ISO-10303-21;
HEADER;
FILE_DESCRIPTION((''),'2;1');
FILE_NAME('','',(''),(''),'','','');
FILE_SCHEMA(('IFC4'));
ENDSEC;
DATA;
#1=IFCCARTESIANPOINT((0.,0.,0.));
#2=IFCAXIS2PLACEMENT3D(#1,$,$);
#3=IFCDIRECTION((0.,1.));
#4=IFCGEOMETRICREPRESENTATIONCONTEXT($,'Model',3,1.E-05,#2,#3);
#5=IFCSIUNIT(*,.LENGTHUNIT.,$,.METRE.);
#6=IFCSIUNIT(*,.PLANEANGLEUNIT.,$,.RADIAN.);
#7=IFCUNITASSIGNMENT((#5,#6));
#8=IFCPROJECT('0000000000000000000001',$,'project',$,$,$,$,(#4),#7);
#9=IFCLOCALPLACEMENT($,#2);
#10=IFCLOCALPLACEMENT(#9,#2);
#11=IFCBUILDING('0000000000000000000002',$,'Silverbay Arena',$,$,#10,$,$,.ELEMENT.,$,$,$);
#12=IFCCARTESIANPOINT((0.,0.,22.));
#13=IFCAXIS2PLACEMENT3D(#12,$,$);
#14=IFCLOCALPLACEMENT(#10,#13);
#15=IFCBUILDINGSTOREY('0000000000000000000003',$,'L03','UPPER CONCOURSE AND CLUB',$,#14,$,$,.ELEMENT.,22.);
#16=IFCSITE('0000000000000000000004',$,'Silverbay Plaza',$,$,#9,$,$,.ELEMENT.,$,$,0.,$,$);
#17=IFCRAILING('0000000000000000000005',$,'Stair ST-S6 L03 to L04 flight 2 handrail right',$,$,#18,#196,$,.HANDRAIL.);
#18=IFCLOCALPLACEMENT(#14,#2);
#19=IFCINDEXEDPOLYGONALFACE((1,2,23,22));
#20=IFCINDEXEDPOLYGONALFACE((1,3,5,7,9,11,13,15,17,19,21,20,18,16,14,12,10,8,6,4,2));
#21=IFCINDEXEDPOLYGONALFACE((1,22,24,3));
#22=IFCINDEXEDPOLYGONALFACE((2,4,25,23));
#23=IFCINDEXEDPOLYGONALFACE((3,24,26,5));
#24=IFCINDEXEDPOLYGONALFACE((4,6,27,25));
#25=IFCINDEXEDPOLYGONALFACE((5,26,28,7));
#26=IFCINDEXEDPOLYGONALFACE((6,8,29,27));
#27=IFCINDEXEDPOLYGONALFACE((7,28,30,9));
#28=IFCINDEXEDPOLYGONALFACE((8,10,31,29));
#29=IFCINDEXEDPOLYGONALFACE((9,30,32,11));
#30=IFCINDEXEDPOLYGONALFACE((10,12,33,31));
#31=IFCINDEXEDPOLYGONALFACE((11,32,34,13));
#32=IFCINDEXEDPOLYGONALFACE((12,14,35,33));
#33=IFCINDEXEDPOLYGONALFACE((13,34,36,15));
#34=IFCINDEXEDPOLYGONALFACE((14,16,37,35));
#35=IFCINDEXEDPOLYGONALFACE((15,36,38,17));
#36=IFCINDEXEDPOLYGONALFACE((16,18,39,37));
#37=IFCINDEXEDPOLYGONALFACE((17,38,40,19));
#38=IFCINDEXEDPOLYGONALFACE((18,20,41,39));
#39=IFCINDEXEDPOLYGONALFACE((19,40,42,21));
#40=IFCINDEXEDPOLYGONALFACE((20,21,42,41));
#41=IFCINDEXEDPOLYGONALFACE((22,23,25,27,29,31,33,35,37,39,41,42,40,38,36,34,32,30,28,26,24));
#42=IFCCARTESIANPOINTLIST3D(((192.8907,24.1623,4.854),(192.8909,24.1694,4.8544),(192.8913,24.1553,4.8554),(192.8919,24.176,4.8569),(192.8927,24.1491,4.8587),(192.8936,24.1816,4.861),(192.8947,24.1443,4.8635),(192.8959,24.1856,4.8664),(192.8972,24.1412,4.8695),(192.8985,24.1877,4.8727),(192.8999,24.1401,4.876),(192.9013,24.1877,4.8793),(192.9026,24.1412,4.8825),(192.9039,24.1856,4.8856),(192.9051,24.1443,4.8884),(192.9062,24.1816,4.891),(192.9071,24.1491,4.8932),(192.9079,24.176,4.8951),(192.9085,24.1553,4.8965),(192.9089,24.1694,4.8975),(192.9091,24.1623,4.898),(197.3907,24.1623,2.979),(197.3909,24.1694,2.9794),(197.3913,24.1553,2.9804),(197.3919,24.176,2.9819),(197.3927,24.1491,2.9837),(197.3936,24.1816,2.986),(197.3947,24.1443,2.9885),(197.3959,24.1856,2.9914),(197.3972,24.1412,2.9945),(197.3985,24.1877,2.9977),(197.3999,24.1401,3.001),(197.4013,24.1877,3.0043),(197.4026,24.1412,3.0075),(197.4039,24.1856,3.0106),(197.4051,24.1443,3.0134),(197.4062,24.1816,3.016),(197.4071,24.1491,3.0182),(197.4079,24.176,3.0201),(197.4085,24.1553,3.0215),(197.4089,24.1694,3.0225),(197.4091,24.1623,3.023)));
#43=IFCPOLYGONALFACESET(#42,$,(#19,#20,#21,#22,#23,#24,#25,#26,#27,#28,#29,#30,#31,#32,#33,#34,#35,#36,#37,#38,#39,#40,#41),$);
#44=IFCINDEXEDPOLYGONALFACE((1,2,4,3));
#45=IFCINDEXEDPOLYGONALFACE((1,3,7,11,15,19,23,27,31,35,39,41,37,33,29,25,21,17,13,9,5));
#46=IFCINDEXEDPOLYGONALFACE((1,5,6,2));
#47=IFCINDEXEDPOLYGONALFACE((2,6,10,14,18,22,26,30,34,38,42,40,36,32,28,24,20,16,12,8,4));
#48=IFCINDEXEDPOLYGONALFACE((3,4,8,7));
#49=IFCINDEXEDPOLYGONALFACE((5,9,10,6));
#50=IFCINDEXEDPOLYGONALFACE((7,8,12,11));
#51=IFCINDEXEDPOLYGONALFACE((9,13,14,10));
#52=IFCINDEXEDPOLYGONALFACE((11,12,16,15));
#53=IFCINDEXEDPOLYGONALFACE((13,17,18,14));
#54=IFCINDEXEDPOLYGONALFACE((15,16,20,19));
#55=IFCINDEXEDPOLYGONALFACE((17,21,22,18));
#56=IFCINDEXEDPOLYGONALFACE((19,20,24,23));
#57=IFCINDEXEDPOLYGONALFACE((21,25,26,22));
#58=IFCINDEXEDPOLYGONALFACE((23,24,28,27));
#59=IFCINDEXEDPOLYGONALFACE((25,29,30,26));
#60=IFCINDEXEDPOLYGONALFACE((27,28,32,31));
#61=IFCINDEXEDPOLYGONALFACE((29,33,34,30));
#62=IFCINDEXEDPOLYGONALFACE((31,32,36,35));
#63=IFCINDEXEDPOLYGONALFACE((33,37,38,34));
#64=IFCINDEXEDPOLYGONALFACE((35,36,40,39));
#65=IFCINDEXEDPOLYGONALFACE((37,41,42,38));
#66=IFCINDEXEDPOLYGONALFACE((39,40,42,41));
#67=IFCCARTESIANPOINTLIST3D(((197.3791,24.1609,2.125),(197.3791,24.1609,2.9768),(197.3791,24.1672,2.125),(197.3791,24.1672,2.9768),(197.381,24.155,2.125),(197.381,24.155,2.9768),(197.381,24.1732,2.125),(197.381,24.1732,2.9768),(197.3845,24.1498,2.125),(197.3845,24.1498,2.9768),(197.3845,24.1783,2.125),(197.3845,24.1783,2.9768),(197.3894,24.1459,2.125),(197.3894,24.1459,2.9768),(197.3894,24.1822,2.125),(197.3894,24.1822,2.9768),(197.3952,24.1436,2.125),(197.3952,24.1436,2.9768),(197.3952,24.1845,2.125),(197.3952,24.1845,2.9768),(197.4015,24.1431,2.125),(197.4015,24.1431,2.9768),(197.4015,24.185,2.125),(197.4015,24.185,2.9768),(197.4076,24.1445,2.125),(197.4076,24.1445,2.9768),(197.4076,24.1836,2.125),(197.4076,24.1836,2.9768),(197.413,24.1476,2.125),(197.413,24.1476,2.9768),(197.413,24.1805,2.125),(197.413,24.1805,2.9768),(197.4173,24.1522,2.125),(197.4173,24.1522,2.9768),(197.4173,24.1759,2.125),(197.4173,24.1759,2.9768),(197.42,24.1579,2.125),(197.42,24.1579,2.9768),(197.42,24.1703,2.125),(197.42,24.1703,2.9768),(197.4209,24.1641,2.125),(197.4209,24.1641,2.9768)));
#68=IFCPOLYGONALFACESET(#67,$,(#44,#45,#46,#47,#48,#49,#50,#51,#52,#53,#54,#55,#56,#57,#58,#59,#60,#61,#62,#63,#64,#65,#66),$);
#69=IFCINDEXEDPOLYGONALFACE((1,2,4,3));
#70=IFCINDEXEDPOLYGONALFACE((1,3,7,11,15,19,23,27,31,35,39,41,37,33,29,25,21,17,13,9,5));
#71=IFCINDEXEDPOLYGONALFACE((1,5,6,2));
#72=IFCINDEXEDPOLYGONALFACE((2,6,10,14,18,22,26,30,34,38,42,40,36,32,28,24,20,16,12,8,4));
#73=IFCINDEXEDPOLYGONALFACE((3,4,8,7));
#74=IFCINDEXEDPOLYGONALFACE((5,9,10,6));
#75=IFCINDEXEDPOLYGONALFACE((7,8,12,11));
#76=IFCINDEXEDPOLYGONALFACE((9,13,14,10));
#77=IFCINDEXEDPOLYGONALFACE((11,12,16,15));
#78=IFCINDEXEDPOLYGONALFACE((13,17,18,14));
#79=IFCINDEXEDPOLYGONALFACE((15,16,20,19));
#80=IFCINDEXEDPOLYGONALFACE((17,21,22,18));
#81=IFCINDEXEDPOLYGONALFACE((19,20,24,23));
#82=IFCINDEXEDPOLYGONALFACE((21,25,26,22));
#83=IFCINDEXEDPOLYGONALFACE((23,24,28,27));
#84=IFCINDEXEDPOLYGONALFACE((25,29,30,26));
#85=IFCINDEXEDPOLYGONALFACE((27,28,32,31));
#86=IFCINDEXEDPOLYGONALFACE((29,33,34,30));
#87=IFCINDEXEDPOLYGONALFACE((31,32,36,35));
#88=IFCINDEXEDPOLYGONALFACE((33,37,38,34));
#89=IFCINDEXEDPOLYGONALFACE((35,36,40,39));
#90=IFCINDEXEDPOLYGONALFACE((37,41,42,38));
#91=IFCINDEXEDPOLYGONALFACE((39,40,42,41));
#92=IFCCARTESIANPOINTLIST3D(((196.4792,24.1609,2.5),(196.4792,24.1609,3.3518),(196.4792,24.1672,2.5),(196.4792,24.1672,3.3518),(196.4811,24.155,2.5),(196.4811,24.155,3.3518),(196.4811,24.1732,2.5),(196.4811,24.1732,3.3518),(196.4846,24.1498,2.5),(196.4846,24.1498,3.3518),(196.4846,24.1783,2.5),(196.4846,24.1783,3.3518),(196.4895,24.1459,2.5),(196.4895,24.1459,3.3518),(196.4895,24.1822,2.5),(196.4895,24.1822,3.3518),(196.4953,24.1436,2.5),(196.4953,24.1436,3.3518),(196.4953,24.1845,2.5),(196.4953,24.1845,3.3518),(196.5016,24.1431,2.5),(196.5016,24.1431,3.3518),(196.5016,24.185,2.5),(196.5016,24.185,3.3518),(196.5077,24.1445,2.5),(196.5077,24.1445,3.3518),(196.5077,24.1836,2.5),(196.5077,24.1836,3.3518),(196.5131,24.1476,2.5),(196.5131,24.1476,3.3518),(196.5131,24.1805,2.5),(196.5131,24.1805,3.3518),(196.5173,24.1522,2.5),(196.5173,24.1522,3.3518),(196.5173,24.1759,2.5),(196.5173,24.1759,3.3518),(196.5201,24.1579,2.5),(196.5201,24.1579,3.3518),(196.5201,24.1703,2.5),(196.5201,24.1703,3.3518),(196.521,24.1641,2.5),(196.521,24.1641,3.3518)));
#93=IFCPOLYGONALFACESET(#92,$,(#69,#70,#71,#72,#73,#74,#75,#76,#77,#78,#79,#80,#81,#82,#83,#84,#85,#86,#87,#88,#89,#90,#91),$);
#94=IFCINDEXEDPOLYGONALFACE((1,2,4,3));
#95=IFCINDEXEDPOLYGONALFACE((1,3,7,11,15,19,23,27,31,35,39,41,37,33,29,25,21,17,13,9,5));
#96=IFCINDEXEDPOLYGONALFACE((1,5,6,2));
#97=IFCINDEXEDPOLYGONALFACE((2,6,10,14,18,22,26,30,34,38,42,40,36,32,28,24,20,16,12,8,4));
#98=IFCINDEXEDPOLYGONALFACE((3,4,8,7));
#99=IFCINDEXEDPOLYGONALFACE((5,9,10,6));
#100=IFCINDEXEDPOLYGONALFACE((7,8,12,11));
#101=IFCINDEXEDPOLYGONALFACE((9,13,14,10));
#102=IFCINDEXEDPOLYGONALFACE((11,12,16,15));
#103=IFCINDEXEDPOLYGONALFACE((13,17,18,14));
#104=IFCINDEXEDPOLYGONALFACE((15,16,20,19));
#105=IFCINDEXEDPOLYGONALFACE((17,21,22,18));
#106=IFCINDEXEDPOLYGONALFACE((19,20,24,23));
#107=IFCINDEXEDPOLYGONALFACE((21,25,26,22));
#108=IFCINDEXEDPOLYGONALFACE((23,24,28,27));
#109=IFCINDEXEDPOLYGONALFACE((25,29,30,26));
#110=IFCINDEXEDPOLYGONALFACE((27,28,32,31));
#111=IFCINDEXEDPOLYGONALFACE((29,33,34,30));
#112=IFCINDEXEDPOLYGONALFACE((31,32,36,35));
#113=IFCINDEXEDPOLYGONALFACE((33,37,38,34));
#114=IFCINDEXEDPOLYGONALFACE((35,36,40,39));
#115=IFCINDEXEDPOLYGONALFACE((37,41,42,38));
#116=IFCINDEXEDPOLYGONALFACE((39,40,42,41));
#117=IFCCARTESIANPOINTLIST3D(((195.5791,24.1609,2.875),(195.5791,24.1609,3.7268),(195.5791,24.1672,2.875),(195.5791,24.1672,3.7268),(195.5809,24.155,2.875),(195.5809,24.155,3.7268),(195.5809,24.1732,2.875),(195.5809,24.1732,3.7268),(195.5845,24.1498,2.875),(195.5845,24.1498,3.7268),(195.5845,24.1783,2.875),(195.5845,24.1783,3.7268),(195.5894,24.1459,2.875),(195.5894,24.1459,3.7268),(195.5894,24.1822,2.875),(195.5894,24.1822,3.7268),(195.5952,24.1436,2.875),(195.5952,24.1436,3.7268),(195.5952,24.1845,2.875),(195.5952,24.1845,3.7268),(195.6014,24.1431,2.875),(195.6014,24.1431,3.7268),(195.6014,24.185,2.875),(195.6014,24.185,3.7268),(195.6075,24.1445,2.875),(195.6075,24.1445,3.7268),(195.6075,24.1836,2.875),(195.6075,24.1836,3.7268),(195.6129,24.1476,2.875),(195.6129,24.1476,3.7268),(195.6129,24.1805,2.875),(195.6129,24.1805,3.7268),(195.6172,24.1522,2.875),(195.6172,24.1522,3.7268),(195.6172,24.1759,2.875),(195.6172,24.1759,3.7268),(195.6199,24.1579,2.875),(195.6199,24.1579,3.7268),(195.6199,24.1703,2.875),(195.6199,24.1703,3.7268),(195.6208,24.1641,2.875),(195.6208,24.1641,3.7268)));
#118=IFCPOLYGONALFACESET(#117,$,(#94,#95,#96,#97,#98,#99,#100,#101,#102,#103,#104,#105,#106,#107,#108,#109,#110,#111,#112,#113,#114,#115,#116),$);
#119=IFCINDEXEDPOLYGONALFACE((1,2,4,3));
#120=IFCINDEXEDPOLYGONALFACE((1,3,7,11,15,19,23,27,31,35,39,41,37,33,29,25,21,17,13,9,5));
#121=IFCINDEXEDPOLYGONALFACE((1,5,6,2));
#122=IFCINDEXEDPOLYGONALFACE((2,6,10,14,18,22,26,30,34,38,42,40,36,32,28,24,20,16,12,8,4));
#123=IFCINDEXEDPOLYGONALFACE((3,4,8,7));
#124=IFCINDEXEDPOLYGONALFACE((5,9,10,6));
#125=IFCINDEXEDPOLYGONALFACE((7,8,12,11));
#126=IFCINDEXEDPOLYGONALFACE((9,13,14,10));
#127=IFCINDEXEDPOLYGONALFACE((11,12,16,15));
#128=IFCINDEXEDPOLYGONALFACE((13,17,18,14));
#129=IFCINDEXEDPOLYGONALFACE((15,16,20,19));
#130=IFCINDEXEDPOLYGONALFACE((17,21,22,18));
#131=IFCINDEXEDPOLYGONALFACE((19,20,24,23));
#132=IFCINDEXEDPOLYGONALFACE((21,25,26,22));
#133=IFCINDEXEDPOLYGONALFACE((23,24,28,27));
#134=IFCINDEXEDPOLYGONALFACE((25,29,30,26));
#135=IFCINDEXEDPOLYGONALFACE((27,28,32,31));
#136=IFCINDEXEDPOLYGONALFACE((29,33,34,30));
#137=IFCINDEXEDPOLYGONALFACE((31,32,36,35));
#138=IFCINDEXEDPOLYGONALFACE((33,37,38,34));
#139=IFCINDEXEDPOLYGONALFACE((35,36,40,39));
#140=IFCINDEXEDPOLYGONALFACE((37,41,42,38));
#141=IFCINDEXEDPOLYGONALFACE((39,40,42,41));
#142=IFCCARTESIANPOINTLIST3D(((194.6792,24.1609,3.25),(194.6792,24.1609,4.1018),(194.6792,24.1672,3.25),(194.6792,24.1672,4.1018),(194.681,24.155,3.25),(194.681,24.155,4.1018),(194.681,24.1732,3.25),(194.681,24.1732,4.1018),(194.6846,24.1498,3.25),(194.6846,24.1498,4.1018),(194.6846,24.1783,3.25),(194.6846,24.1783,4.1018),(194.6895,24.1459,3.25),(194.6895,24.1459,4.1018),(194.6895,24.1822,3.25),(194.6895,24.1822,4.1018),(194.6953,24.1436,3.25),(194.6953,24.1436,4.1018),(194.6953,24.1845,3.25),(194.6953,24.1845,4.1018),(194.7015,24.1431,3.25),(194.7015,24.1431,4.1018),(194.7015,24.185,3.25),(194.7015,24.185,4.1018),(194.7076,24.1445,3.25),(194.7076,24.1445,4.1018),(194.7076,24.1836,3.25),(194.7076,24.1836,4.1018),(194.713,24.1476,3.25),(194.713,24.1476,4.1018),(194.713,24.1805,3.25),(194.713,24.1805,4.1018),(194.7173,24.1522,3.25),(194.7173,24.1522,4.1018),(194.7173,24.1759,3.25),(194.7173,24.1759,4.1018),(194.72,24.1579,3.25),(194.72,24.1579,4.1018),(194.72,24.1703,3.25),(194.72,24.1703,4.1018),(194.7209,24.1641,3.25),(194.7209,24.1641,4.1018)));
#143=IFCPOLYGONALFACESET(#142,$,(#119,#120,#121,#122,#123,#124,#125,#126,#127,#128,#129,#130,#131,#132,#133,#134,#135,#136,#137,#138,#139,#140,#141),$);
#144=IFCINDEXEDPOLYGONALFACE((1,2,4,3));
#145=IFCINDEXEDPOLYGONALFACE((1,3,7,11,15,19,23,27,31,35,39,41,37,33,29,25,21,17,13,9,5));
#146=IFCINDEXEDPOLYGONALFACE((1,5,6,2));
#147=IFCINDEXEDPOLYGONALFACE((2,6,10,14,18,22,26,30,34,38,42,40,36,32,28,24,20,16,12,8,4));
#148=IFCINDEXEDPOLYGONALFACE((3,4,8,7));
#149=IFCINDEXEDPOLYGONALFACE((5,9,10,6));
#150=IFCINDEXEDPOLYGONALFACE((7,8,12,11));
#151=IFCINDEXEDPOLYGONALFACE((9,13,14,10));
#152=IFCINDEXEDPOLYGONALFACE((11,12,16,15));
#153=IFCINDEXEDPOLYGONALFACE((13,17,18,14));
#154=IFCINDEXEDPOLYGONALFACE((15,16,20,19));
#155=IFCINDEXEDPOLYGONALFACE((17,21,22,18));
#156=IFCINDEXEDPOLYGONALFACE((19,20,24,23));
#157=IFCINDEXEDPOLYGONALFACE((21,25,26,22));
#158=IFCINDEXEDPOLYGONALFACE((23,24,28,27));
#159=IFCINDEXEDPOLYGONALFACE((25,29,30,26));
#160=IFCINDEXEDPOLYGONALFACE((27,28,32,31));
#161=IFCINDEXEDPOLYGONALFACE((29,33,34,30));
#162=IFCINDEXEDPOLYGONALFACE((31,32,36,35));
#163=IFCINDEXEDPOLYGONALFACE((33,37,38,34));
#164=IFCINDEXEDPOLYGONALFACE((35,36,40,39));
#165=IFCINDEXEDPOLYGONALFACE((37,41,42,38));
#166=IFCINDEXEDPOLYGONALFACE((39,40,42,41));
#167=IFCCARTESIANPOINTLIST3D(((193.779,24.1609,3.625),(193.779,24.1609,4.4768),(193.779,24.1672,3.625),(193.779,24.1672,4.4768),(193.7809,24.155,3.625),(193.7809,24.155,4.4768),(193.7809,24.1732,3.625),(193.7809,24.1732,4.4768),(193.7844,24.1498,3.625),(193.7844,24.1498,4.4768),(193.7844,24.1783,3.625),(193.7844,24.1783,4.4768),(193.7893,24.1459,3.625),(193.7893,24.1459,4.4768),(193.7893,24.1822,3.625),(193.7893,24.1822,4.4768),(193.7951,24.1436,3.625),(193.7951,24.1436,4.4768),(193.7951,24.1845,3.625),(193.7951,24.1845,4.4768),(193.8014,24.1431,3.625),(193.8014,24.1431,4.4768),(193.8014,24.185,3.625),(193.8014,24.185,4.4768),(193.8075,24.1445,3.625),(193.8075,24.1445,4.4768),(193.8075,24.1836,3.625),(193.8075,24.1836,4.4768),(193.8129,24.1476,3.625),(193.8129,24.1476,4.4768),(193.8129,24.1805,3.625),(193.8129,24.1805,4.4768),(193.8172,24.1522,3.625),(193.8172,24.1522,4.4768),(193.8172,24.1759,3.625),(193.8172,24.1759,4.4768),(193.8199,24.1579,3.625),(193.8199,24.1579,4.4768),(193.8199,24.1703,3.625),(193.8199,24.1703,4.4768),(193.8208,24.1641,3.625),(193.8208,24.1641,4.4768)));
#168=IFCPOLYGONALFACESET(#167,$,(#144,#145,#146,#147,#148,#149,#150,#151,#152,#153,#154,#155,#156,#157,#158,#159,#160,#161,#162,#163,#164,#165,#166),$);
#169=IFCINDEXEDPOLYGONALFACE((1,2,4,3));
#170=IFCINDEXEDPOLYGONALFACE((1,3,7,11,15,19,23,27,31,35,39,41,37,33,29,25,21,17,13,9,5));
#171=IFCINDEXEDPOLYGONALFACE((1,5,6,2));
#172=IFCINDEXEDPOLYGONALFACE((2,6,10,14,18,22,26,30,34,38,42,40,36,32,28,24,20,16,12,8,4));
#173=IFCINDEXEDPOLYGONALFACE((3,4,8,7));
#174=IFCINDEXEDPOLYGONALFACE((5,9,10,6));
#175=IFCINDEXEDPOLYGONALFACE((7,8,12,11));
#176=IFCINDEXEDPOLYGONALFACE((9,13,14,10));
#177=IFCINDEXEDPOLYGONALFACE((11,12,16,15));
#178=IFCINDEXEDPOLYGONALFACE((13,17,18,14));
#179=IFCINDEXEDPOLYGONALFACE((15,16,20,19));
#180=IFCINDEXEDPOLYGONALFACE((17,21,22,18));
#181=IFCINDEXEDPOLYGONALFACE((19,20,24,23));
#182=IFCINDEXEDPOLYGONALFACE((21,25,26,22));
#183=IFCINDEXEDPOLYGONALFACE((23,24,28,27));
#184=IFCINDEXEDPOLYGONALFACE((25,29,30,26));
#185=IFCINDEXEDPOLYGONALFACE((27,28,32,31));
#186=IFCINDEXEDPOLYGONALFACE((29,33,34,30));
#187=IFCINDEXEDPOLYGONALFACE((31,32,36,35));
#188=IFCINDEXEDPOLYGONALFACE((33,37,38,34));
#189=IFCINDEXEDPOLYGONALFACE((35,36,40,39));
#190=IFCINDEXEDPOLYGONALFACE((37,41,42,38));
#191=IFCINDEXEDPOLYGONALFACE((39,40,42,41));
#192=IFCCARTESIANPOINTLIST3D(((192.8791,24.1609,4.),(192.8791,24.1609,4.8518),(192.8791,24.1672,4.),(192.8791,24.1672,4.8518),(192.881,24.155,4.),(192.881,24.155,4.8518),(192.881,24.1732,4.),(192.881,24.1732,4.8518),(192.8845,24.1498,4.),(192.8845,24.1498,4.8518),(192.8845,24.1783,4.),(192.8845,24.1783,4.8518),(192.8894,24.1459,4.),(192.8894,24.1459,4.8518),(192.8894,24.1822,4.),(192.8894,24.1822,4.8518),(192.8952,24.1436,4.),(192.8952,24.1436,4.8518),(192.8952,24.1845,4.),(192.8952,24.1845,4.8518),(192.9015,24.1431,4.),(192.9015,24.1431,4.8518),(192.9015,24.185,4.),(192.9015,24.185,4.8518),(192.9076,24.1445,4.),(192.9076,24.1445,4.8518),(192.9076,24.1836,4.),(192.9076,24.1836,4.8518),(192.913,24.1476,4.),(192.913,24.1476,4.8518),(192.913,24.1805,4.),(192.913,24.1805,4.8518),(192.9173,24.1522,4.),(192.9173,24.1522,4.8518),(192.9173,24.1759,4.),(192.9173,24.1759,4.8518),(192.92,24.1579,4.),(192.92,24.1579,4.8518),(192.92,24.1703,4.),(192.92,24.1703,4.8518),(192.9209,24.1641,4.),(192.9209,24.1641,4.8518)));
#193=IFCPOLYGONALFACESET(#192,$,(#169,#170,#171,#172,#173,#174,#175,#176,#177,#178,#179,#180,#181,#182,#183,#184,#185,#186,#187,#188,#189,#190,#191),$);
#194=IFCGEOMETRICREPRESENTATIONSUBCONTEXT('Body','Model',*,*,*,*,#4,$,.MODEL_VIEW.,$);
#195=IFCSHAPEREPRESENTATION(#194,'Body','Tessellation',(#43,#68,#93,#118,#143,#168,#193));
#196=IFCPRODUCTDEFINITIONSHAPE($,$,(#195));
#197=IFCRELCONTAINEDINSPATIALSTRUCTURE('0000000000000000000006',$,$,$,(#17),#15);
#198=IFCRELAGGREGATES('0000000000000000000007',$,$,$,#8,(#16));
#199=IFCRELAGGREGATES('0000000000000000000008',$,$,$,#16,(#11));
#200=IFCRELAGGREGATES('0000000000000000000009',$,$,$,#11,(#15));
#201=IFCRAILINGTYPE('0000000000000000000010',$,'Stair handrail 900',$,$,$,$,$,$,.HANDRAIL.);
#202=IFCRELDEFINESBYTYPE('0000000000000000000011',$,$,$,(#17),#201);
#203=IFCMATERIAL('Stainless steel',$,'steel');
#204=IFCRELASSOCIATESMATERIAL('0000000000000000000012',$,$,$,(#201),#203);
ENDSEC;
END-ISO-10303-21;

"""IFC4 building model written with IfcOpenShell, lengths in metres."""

from ifc_helpers import new_model, si_unit, direction, frame, origin, origin_2d, place, context, subcontext, project, spatial, circle, extrude, material, type_object, element, save


model = new_model("IFC4")

# Units and contexts
model_context = context("Model", 3, precision=1e-05, world=origin(), true_north=direction((0.0, 1.0)))
body_context = subcontext(model_context, "Body", "Model", "MODEL_VIEW")
ifc_project = project(units=[si_unit("LENGTHUNIT", "METRE"), si_unit("PLANEANGLEUNIT", "RADIAN")], contexts=[model_context])

# Site, building, storey
site_placement = place(None, origin())
site = spatial("IfcSite", under=ifc_project, at=site_placement, Name="Silverbay Plaza", CompositionType="ELEMENT", RefElevation=0.0)
building_placement = place(site_placement, origin())
building = spatial("IfcBuilding", under=site, at=building_placement, Name="Silverbay Arena", CompositionType="ELEMENT")
storey_placement = place(building_placement, frame((0.0, 0.0, 22.0)))
storey = spatial("IfcBuildingStorey", under=building, at=storey_placement, Name="L03", Description="UPPER CONCOURSE AND CLUB", CompositionType="ELEMENT", Elevation=22.0)

# Railing
ifc_material_1 = material(Name="Stainless steel", Category="steel")
railing_type_1 = type_object("IfcRailingType", Name="Stair handrail 900", PredefinedType="HANDRAIL", material=ifc_material_1)
for number, where, name in (
    (1, (197.3999, 24.1641, 2.125), "Stair ST-S6 L03 to L04 flight 2 handrail right"),
):
    element("IfcRailing", number, at=place(storey_placement, frame(where)), inside=storey, type_object=railing_type_1, Name=name, PredefinedType="HANDRAIL", context=body_context, shape_type="SweptSolid", body=[
        extrude(circle(Radius=0.0239, at=origin_2d()), frame((0.0, 0.0, 0.876), z_axis=(-0.923077, 0.0, 0.384615), x_axis=(0.0, -1.0, 0.0)), (0.0, 0.0, 1.0), 4.875),
        extrude(circle(Radius=0.021, at=origin_2d()), origin(), (0.0, 0.0, 1.0), 0.8518),
        extrude(circle(Radius=0.021, at=origin_2d()), frame((-0.8999, 0.0, 0.375)), (0.0, 0.0, 1.0), 0.8518),
        extrude(circle(Radius=0.021, at=origin_2d()), frame((-1.8, 0.0, 0.75)), (0.0, 0.0, 1.0), 0.8518),
        extrude(circle(Radius=0.021, at=origin_2d()), frame((-2.7, 0.0, 1.125)), (0.0, 0.0, 1.0), 0.8518),
        extrude(circle(Radius=0.021, at=origin_2d()), frame((-3.6001, 0.0, 1.5)), (0.0, 0.0, 1.0), 0.8518),
        extrude(circle(Radius=0.021, at=origin_2d()), frame((-4.5, 0.0, 1.875)), (0.0, 0.0, 1.0), 0.8518),
    ])

save(model, "model.ifc")
